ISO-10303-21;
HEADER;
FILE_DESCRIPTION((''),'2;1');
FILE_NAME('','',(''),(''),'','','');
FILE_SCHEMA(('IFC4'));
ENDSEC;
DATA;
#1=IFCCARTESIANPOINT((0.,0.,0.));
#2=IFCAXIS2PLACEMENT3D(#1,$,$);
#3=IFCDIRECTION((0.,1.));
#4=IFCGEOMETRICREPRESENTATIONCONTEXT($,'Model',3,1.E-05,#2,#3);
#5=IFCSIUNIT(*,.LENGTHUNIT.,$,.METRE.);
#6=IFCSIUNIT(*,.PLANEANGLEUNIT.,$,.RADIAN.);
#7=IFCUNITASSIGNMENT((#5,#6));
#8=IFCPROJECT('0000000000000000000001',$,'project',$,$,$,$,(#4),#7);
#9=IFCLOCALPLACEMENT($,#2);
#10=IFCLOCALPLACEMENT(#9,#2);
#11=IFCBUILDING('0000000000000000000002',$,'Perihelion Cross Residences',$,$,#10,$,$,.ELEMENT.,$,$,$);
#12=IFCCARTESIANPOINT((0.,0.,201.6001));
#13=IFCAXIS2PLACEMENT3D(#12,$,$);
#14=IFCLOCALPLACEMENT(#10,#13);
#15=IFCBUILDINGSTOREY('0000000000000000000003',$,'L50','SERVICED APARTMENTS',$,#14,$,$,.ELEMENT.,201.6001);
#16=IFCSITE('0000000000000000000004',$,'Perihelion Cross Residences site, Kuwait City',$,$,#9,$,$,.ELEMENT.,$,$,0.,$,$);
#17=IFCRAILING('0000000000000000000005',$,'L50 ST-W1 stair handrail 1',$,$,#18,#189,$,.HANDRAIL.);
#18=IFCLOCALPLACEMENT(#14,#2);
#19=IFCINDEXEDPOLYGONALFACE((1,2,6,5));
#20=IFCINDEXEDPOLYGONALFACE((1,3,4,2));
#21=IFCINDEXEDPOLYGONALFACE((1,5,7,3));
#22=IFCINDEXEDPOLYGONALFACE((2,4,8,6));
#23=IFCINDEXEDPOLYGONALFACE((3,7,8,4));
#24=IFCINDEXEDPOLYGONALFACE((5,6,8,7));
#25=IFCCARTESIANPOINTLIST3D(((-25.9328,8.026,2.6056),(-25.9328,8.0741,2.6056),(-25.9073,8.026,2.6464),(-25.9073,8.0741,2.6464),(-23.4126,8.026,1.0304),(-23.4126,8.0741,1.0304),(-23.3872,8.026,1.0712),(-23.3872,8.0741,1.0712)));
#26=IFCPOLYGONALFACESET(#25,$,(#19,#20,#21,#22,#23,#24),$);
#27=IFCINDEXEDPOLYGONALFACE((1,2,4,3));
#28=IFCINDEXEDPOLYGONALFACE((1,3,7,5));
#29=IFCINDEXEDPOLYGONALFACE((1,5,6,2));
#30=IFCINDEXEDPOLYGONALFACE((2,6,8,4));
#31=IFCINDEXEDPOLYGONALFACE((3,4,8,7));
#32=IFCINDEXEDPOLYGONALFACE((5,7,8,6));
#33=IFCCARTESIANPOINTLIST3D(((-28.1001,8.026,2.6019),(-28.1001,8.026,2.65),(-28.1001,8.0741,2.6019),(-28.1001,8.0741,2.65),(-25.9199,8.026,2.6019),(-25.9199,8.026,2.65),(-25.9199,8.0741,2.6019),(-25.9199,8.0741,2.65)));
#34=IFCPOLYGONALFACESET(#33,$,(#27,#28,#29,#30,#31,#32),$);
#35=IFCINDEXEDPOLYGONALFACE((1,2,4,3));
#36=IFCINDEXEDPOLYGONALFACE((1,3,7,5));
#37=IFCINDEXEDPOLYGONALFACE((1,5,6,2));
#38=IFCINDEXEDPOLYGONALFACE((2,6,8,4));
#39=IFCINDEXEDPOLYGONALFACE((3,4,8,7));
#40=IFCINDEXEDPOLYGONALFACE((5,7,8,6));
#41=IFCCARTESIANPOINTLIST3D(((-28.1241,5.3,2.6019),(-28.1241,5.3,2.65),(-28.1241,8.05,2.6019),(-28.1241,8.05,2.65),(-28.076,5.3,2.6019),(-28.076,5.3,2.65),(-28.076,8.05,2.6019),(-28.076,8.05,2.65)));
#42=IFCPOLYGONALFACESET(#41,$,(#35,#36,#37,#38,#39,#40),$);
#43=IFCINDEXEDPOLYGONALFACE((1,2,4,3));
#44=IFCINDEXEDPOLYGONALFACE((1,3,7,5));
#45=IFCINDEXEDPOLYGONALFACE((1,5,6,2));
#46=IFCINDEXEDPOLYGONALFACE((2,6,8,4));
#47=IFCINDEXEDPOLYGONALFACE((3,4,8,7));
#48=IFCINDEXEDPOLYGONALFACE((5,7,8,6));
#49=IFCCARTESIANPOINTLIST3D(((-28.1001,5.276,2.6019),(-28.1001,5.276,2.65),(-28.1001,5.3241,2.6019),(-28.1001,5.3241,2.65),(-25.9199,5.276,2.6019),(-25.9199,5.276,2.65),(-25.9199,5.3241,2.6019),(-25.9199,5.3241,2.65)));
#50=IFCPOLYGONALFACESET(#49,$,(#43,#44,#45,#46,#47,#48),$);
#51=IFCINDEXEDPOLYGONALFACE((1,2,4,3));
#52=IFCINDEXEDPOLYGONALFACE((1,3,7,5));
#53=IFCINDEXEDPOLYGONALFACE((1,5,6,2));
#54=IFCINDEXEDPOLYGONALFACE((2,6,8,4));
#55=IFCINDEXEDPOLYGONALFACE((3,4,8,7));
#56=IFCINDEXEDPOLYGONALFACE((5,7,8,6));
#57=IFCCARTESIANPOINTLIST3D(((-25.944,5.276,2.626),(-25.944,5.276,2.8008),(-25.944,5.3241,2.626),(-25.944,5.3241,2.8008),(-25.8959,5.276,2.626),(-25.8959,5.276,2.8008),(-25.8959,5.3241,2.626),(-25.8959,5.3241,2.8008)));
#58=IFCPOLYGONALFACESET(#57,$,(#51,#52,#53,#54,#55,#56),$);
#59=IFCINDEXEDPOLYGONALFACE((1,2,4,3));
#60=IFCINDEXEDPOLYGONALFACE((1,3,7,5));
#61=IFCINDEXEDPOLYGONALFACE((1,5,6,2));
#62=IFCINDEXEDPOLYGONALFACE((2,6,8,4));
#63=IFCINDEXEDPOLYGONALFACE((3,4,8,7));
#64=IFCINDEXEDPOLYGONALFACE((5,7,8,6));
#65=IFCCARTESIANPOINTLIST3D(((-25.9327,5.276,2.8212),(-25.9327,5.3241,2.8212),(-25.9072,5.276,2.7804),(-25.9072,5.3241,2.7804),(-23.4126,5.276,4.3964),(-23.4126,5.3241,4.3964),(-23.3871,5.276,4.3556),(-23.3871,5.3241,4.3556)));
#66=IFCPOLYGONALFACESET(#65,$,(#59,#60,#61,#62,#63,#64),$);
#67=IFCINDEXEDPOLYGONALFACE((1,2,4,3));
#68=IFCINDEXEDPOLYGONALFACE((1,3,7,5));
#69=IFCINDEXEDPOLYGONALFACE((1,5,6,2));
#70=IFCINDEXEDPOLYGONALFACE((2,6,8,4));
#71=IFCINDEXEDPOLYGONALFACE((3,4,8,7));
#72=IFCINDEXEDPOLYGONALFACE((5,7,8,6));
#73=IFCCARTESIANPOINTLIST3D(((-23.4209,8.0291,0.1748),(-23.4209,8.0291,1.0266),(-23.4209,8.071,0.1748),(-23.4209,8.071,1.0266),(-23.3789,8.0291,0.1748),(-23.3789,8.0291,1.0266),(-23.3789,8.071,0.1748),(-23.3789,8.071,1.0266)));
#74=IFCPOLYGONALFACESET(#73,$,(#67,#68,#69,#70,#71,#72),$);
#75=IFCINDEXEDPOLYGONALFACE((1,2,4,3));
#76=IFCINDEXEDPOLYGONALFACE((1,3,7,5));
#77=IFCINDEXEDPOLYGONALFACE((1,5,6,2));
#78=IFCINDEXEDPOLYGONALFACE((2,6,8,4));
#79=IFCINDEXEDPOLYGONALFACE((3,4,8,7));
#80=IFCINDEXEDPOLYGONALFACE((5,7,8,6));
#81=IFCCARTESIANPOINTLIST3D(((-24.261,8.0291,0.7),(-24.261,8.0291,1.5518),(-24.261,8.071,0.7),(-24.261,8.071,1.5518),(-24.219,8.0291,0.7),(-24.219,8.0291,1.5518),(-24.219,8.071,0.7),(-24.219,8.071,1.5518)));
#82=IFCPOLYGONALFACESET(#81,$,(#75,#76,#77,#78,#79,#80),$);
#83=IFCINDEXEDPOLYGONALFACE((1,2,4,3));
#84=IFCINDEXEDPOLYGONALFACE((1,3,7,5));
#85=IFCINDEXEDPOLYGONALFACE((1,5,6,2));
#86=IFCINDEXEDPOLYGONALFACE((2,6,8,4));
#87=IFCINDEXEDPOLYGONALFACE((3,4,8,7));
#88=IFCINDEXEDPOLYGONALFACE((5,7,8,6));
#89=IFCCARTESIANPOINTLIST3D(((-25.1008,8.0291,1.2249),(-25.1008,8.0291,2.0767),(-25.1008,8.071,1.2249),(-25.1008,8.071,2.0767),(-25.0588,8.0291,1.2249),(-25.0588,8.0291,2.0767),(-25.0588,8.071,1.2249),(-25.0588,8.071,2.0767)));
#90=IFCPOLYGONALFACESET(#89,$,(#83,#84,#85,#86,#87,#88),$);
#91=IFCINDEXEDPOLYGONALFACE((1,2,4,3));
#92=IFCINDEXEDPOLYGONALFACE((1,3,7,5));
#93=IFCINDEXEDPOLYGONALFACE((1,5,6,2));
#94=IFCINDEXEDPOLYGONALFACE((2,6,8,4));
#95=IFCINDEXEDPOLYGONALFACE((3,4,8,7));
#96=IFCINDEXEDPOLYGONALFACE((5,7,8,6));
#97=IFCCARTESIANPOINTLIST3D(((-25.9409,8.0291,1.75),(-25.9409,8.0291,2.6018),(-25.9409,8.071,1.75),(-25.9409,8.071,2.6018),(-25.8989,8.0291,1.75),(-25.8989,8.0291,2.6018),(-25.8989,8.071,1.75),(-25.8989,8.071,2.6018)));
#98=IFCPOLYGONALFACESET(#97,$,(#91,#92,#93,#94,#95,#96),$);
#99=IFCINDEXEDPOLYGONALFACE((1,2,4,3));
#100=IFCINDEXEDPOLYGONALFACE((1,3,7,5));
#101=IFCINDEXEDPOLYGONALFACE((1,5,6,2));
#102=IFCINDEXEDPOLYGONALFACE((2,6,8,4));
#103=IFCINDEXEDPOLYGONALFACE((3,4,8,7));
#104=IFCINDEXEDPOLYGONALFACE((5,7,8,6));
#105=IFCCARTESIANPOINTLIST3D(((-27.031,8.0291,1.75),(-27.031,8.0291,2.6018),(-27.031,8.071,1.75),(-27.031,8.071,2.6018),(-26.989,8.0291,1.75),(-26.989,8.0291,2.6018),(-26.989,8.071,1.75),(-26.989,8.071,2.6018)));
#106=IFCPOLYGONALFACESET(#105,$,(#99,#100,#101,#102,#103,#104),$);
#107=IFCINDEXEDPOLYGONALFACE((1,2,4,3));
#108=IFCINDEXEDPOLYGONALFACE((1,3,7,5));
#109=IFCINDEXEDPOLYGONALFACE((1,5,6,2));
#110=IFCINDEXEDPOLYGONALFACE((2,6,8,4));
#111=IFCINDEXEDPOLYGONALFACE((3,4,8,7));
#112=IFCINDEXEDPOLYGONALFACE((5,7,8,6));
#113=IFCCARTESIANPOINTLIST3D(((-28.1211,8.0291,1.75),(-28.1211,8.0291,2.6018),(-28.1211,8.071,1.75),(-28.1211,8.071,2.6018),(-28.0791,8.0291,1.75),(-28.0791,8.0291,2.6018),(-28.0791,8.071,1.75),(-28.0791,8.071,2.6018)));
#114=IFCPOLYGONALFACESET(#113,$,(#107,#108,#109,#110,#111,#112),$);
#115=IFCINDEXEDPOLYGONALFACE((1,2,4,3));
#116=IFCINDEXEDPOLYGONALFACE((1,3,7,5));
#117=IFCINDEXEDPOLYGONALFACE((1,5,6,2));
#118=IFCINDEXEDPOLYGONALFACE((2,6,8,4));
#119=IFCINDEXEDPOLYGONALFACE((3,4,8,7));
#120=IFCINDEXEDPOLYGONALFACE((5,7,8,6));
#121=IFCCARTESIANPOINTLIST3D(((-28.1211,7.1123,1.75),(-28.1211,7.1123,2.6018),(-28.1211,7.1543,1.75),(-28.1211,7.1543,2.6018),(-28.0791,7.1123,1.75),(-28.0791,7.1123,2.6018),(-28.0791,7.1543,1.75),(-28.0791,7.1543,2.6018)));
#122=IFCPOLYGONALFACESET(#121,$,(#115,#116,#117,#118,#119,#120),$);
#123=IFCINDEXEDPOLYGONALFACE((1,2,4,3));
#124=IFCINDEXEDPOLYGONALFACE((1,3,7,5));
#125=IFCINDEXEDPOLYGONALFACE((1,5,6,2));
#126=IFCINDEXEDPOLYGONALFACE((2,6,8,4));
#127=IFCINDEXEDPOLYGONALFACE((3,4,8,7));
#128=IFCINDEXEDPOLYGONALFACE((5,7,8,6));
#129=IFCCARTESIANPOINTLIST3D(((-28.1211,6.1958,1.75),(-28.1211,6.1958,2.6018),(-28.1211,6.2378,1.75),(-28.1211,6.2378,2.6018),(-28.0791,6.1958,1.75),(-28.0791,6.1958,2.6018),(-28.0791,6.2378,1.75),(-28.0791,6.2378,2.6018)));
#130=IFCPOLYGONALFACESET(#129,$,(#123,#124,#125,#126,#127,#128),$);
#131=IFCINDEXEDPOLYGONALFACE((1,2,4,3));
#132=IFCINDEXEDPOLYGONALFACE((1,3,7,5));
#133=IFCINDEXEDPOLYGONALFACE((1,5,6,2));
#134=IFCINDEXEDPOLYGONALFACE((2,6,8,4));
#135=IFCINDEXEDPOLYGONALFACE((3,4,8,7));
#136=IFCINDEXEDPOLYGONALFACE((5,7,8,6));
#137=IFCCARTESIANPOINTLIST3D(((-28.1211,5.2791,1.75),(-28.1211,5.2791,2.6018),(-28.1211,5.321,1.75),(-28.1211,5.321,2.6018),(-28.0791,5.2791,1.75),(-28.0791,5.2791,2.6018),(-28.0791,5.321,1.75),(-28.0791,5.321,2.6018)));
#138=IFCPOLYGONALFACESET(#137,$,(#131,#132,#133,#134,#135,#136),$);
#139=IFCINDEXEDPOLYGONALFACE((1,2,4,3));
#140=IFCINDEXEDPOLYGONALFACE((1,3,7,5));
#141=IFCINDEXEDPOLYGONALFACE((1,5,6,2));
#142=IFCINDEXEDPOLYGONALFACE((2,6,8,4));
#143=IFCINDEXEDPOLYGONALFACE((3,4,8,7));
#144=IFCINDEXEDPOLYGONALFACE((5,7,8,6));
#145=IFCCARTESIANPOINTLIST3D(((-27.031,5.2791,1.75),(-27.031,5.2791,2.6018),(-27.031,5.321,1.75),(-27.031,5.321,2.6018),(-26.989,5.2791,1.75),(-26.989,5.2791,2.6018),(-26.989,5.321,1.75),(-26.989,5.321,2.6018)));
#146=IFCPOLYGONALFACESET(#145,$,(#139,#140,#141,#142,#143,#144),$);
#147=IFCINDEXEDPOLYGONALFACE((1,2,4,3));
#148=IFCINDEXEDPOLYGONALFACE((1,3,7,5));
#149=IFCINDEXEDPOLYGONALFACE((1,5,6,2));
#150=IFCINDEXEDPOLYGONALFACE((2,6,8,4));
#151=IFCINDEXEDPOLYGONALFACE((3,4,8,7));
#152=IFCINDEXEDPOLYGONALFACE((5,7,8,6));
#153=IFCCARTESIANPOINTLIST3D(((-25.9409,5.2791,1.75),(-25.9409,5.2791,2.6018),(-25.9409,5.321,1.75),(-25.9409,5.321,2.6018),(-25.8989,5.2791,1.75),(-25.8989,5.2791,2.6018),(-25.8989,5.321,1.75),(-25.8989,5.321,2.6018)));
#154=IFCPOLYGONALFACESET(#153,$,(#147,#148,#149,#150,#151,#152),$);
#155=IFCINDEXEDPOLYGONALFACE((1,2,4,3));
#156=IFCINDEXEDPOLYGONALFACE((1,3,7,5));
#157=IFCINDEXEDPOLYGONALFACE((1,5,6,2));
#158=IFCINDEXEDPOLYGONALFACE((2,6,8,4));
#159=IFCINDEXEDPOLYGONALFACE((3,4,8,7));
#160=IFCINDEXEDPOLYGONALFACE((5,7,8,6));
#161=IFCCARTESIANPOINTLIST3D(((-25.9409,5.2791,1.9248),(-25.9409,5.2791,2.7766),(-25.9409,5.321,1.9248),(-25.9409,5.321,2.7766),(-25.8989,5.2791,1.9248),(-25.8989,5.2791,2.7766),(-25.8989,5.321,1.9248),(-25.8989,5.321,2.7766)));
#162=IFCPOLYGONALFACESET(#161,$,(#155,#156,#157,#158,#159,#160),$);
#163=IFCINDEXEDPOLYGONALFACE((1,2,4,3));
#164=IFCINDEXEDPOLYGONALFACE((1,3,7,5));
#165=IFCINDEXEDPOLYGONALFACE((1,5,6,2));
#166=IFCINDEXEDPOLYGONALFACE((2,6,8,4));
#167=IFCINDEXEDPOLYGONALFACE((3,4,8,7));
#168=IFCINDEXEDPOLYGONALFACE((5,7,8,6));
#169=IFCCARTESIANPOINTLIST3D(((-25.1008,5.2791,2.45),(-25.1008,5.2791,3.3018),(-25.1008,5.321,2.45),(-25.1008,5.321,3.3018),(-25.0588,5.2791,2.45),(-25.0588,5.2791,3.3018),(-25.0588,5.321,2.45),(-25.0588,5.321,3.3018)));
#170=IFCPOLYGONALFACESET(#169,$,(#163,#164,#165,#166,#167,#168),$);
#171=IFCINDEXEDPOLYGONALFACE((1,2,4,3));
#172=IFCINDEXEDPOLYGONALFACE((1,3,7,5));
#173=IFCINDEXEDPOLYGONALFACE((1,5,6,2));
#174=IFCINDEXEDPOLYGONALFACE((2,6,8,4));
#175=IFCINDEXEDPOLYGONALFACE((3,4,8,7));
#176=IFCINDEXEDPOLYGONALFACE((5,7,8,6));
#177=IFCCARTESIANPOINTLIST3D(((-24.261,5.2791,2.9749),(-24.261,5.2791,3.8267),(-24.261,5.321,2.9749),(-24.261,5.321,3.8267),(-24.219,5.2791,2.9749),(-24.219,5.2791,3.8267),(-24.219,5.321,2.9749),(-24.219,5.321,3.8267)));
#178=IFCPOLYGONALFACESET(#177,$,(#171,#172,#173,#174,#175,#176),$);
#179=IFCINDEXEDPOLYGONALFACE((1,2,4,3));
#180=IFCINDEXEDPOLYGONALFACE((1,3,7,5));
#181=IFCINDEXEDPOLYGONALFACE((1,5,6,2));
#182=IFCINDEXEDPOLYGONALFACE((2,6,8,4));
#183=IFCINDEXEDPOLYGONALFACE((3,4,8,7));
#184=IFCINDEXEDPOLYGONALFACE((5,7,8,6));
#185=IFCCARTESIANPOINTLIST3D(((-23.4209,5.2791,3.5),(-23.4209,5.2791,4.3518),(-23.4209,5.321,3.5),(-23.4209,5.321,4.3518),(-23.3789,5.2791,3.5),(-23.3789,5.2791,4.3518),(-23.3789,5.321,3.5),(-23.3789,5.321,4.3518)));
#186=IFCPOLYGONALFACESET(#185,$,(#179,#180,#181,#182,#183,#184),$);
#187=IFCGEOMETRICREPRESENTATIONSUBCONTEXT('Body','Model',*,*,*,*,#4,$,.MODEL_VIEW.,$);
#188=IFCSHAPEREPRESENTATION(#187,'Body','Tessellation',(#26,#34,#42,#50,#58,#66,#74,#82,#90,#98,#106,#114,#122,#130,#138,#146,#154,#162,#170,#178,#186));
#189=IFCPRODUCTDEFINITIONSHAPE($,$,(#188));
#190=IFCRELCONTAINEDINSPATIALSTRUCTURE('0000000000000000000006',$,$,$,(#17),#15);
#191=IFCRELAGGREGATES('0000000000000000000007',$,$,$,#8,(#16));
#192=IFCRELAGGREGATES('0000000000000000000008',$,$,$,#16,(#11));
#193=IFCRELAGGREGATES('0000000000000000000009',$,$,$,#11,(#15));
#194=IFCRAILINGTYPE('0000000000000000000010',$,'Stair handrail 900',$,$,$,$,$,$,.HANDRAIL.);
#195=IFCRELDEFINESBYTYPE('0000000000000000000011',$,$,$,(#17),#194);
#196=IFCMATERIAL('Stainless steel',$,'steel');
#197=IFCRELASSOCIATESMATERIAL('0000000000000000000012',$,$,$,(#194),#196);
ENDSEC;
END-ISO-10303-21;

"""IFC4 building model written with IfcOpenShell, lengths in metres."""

from ifc_helpers import new_model, si_unit, direction, frame, origin, origin_2d, place, context, subcontext, project, spatial, rectangle, extrude, material, type_object, element, save


model = new_model("IFC4")

# Units and contexts
model_context = context("Model", 3, precision=1e-05, world=origin(), true_north=direction((0.0, 1.0)))
body_context = subcontext(model_context, "Body", "Model", "MODEL_VIEW")
ifc_project = project(units=[si_unit("LENGTHUNIT", "METRE"), si_unit("PLANEANGLEUNIT", "RADIAN")], contexts=[model_context])

# Site, building, storey
site_placement = place(None, origin())
site = spatial("IfcSite", under=ifc_project, at=site_placement, Name="Perihelion Cross Residences site, Kuwait City", CompositionType="ELEMENT", RefElevation=0.0)
building_placement = place(site_placement, origin())
building = spatial("IfcBuilding", under=site, at=building_placement, Name="Perihelion Cross Residences", CompositionType="ELEMENT")
storey_placement = place(building_placement, frame((0.0, 0.0, 201.6001)))
storey = spatial("IfcBuildingStorey", under=building, at=storey_placement, Name="L50", Description="SERVICED APARTMENTS", CompositionType="ELEMENT", Elevation=201.6001)

# Railing
ifc_material_1 = material(Name="Stainless steel", Category="steel")
railing_type_1 = type_object("IfcRailingType", Name="Stair handrail 900", PredefinedType="HANDRAIL", material=ifc_material_1)
railing_1_placement = place(storey_placement, frame((-23.3999, 8.05, 0.1748)))
element("IfcRailing", 1, at=railing_1_placement, inside=storey, type_object=railing_type_1, Name="L50 ST-W1 stair handrail 1", PredefinedType="HANDRAIL", context=body_context, shape_type="SweptSolid", body=[
    extrude(rectangle(XDim=0.0481, YDim=0.0481, at=origin_2d()), frame((0.0, 0.0, 0.876), z_axis=(-0.847971, 0.0, 0.530043), x_axis=(0.0, -1.0, 0.0)), (0.0, 0.0, 1.0), 2.9719),
    extrude(rectangle(XDim=0.0481, YDim=0.0481, at=origin_2d()), frame((-2.52, 0.0, 2.4512), z_axis=(-1.0, 0.0, 0.0), x_axis=(0.0, -1.0, 0.0)), (0.0, 0.0, 1.0), 2.1802),
    extrude(rectangle(XDim=0.0481, YDim=0.0481, at=origin_2d()), frame((-4.7002, 0.0, 2.4512), z_axis=(0.0, -1.0, 0.0), x_axis=(1.0, 0.0, 0.0)), (0.0, 0.0, 1.0), 2.75),
    extrude(rectangle(XDim=0.0481, YDim=0.0481, at=origin_2d()), frame((-4.7002, -2.75, 2.4512), z_axis=(1.0, 0.0, 0.0), x_axis=(0.0, 1.0, 0.0)), (0.0, 0.0, 1.0), 2.1802),
    extrude(rectangle(XDim=0.0481, YDim=0.0481, at=origin_2d()), frame((-2.52, -2.75, 2.4512), z_axis=(0.0, 0.0, 1.0), x_axis=(1.0, 0.0, 0.0)), (0.0, 0.0, 1.0), 0.1748),
    extrude(rectangle(XDim=0.0481, YDim=0.0481, at=origin_2d()), frame((-2.52, -2.75, 2.626), z_axis=(0.847971, 0.0, 0.530043), x_axis=(0.0, 1.0, 0.0)), (0.0, 0.0, 1.0), 2.9719),
    extrude(rectangle(XDim=0.042, YDim=0.042, at=origin_2d()), origin(), (0.0, 0.0, 1.0), 0.8518),
    extrude(rectangle(XDim=0.042, YDim=0.042, at=origin_2d()), frame((-0.8401, 0.0, 0.5251)), (0.0, 0.0, 1.0), 0.8518),
    extrude(rectangle(XDim=0.042, YDim=0.042, at=origin_2d()), frame((-1.6799, 0.0, 1.05)), (0.0, 0.0, 1.0), 0.8518),
    extrude(rectangle(XDim=0.042, YDim=0.042, at=origin_2d()), frame((-2.52, 0.0, 1.5752)), (0.0, 0.0, 1.0), 0.8518),
    extrude(rectangle(XDim=0.042, YDim=0.042, at=origin_2d()), frame((-3.6101, 0.0, 1.5752)), (0.0, 0.0, 1.0), 0.8518),
    extrude(rectangle(XDim=0.042, YDim=0.042, at=origin_2d()), frame((-4.7002, 0.0, 1.5752)), (0.0, 0.0, 1.0), 0.8518),
    extrude(rectangle(XDim=0.042, YDim=0.042, at=origin_2d()), frame((-4.7002, -0.9167, 1.5752)), (0.0, 0.0, 1.0), 0.8518),
    extrude(rectangle(XDim=0.042, YDim=0.042, at=origin_2d()), frame((-4.7002, -1.8333, 1.5752)), (0.0, 0.0, 1.0), 0.8518),
    extrude(rectangle(XDim=0.042, YDim=0.042, at=origin_2d()), frame((-4.7002, -2.75, 1.5752)), (0.0, 0.0, 1.0), 0.8518),
    extrude(rectangle(XDim=0.042, YDim=0.042, at=origin_2d()), frame((-3.6101, -2.75, 1.5752)), (0.0, 0.0, 1.0), 0.8518),
    extrude(rectangle(XDim=0.042, YDim=0.042, at=origin_2d()), frame((-2.52, -2.75, 1.5752)), (0.0, 0.0, 1.0), 0.8518),
    extrude(rectangle(XDim=0.042, YDim=0.042, at=origin_2d()), frame((-2.52, -2.75, 1.75)), (0.0, 0.0, 1.0), 0.8518),
    extrude(rectangle(XDim=0.042, YDim=0.042, at=origin_2d()), frame((-1.6799, -2.75, 2.2751)), (0.0, 0.0, 1.0), 0.8518),
    extrude(rectangle(XDim=0.042, YDim=0.042, at=origin_2d()), frame((-0.8401, -2.75, 2.8)), (0.0, 0.0, 1.0), 0.8518),
    extrude(rectangle(XDim=0.042, YDim=0.042, at=origin_2d()), frame((0.0, -2.75, 3.3252)), (0.0, 0.0, 1.0), 0.8518),
])

save(model, "model.ifc")
